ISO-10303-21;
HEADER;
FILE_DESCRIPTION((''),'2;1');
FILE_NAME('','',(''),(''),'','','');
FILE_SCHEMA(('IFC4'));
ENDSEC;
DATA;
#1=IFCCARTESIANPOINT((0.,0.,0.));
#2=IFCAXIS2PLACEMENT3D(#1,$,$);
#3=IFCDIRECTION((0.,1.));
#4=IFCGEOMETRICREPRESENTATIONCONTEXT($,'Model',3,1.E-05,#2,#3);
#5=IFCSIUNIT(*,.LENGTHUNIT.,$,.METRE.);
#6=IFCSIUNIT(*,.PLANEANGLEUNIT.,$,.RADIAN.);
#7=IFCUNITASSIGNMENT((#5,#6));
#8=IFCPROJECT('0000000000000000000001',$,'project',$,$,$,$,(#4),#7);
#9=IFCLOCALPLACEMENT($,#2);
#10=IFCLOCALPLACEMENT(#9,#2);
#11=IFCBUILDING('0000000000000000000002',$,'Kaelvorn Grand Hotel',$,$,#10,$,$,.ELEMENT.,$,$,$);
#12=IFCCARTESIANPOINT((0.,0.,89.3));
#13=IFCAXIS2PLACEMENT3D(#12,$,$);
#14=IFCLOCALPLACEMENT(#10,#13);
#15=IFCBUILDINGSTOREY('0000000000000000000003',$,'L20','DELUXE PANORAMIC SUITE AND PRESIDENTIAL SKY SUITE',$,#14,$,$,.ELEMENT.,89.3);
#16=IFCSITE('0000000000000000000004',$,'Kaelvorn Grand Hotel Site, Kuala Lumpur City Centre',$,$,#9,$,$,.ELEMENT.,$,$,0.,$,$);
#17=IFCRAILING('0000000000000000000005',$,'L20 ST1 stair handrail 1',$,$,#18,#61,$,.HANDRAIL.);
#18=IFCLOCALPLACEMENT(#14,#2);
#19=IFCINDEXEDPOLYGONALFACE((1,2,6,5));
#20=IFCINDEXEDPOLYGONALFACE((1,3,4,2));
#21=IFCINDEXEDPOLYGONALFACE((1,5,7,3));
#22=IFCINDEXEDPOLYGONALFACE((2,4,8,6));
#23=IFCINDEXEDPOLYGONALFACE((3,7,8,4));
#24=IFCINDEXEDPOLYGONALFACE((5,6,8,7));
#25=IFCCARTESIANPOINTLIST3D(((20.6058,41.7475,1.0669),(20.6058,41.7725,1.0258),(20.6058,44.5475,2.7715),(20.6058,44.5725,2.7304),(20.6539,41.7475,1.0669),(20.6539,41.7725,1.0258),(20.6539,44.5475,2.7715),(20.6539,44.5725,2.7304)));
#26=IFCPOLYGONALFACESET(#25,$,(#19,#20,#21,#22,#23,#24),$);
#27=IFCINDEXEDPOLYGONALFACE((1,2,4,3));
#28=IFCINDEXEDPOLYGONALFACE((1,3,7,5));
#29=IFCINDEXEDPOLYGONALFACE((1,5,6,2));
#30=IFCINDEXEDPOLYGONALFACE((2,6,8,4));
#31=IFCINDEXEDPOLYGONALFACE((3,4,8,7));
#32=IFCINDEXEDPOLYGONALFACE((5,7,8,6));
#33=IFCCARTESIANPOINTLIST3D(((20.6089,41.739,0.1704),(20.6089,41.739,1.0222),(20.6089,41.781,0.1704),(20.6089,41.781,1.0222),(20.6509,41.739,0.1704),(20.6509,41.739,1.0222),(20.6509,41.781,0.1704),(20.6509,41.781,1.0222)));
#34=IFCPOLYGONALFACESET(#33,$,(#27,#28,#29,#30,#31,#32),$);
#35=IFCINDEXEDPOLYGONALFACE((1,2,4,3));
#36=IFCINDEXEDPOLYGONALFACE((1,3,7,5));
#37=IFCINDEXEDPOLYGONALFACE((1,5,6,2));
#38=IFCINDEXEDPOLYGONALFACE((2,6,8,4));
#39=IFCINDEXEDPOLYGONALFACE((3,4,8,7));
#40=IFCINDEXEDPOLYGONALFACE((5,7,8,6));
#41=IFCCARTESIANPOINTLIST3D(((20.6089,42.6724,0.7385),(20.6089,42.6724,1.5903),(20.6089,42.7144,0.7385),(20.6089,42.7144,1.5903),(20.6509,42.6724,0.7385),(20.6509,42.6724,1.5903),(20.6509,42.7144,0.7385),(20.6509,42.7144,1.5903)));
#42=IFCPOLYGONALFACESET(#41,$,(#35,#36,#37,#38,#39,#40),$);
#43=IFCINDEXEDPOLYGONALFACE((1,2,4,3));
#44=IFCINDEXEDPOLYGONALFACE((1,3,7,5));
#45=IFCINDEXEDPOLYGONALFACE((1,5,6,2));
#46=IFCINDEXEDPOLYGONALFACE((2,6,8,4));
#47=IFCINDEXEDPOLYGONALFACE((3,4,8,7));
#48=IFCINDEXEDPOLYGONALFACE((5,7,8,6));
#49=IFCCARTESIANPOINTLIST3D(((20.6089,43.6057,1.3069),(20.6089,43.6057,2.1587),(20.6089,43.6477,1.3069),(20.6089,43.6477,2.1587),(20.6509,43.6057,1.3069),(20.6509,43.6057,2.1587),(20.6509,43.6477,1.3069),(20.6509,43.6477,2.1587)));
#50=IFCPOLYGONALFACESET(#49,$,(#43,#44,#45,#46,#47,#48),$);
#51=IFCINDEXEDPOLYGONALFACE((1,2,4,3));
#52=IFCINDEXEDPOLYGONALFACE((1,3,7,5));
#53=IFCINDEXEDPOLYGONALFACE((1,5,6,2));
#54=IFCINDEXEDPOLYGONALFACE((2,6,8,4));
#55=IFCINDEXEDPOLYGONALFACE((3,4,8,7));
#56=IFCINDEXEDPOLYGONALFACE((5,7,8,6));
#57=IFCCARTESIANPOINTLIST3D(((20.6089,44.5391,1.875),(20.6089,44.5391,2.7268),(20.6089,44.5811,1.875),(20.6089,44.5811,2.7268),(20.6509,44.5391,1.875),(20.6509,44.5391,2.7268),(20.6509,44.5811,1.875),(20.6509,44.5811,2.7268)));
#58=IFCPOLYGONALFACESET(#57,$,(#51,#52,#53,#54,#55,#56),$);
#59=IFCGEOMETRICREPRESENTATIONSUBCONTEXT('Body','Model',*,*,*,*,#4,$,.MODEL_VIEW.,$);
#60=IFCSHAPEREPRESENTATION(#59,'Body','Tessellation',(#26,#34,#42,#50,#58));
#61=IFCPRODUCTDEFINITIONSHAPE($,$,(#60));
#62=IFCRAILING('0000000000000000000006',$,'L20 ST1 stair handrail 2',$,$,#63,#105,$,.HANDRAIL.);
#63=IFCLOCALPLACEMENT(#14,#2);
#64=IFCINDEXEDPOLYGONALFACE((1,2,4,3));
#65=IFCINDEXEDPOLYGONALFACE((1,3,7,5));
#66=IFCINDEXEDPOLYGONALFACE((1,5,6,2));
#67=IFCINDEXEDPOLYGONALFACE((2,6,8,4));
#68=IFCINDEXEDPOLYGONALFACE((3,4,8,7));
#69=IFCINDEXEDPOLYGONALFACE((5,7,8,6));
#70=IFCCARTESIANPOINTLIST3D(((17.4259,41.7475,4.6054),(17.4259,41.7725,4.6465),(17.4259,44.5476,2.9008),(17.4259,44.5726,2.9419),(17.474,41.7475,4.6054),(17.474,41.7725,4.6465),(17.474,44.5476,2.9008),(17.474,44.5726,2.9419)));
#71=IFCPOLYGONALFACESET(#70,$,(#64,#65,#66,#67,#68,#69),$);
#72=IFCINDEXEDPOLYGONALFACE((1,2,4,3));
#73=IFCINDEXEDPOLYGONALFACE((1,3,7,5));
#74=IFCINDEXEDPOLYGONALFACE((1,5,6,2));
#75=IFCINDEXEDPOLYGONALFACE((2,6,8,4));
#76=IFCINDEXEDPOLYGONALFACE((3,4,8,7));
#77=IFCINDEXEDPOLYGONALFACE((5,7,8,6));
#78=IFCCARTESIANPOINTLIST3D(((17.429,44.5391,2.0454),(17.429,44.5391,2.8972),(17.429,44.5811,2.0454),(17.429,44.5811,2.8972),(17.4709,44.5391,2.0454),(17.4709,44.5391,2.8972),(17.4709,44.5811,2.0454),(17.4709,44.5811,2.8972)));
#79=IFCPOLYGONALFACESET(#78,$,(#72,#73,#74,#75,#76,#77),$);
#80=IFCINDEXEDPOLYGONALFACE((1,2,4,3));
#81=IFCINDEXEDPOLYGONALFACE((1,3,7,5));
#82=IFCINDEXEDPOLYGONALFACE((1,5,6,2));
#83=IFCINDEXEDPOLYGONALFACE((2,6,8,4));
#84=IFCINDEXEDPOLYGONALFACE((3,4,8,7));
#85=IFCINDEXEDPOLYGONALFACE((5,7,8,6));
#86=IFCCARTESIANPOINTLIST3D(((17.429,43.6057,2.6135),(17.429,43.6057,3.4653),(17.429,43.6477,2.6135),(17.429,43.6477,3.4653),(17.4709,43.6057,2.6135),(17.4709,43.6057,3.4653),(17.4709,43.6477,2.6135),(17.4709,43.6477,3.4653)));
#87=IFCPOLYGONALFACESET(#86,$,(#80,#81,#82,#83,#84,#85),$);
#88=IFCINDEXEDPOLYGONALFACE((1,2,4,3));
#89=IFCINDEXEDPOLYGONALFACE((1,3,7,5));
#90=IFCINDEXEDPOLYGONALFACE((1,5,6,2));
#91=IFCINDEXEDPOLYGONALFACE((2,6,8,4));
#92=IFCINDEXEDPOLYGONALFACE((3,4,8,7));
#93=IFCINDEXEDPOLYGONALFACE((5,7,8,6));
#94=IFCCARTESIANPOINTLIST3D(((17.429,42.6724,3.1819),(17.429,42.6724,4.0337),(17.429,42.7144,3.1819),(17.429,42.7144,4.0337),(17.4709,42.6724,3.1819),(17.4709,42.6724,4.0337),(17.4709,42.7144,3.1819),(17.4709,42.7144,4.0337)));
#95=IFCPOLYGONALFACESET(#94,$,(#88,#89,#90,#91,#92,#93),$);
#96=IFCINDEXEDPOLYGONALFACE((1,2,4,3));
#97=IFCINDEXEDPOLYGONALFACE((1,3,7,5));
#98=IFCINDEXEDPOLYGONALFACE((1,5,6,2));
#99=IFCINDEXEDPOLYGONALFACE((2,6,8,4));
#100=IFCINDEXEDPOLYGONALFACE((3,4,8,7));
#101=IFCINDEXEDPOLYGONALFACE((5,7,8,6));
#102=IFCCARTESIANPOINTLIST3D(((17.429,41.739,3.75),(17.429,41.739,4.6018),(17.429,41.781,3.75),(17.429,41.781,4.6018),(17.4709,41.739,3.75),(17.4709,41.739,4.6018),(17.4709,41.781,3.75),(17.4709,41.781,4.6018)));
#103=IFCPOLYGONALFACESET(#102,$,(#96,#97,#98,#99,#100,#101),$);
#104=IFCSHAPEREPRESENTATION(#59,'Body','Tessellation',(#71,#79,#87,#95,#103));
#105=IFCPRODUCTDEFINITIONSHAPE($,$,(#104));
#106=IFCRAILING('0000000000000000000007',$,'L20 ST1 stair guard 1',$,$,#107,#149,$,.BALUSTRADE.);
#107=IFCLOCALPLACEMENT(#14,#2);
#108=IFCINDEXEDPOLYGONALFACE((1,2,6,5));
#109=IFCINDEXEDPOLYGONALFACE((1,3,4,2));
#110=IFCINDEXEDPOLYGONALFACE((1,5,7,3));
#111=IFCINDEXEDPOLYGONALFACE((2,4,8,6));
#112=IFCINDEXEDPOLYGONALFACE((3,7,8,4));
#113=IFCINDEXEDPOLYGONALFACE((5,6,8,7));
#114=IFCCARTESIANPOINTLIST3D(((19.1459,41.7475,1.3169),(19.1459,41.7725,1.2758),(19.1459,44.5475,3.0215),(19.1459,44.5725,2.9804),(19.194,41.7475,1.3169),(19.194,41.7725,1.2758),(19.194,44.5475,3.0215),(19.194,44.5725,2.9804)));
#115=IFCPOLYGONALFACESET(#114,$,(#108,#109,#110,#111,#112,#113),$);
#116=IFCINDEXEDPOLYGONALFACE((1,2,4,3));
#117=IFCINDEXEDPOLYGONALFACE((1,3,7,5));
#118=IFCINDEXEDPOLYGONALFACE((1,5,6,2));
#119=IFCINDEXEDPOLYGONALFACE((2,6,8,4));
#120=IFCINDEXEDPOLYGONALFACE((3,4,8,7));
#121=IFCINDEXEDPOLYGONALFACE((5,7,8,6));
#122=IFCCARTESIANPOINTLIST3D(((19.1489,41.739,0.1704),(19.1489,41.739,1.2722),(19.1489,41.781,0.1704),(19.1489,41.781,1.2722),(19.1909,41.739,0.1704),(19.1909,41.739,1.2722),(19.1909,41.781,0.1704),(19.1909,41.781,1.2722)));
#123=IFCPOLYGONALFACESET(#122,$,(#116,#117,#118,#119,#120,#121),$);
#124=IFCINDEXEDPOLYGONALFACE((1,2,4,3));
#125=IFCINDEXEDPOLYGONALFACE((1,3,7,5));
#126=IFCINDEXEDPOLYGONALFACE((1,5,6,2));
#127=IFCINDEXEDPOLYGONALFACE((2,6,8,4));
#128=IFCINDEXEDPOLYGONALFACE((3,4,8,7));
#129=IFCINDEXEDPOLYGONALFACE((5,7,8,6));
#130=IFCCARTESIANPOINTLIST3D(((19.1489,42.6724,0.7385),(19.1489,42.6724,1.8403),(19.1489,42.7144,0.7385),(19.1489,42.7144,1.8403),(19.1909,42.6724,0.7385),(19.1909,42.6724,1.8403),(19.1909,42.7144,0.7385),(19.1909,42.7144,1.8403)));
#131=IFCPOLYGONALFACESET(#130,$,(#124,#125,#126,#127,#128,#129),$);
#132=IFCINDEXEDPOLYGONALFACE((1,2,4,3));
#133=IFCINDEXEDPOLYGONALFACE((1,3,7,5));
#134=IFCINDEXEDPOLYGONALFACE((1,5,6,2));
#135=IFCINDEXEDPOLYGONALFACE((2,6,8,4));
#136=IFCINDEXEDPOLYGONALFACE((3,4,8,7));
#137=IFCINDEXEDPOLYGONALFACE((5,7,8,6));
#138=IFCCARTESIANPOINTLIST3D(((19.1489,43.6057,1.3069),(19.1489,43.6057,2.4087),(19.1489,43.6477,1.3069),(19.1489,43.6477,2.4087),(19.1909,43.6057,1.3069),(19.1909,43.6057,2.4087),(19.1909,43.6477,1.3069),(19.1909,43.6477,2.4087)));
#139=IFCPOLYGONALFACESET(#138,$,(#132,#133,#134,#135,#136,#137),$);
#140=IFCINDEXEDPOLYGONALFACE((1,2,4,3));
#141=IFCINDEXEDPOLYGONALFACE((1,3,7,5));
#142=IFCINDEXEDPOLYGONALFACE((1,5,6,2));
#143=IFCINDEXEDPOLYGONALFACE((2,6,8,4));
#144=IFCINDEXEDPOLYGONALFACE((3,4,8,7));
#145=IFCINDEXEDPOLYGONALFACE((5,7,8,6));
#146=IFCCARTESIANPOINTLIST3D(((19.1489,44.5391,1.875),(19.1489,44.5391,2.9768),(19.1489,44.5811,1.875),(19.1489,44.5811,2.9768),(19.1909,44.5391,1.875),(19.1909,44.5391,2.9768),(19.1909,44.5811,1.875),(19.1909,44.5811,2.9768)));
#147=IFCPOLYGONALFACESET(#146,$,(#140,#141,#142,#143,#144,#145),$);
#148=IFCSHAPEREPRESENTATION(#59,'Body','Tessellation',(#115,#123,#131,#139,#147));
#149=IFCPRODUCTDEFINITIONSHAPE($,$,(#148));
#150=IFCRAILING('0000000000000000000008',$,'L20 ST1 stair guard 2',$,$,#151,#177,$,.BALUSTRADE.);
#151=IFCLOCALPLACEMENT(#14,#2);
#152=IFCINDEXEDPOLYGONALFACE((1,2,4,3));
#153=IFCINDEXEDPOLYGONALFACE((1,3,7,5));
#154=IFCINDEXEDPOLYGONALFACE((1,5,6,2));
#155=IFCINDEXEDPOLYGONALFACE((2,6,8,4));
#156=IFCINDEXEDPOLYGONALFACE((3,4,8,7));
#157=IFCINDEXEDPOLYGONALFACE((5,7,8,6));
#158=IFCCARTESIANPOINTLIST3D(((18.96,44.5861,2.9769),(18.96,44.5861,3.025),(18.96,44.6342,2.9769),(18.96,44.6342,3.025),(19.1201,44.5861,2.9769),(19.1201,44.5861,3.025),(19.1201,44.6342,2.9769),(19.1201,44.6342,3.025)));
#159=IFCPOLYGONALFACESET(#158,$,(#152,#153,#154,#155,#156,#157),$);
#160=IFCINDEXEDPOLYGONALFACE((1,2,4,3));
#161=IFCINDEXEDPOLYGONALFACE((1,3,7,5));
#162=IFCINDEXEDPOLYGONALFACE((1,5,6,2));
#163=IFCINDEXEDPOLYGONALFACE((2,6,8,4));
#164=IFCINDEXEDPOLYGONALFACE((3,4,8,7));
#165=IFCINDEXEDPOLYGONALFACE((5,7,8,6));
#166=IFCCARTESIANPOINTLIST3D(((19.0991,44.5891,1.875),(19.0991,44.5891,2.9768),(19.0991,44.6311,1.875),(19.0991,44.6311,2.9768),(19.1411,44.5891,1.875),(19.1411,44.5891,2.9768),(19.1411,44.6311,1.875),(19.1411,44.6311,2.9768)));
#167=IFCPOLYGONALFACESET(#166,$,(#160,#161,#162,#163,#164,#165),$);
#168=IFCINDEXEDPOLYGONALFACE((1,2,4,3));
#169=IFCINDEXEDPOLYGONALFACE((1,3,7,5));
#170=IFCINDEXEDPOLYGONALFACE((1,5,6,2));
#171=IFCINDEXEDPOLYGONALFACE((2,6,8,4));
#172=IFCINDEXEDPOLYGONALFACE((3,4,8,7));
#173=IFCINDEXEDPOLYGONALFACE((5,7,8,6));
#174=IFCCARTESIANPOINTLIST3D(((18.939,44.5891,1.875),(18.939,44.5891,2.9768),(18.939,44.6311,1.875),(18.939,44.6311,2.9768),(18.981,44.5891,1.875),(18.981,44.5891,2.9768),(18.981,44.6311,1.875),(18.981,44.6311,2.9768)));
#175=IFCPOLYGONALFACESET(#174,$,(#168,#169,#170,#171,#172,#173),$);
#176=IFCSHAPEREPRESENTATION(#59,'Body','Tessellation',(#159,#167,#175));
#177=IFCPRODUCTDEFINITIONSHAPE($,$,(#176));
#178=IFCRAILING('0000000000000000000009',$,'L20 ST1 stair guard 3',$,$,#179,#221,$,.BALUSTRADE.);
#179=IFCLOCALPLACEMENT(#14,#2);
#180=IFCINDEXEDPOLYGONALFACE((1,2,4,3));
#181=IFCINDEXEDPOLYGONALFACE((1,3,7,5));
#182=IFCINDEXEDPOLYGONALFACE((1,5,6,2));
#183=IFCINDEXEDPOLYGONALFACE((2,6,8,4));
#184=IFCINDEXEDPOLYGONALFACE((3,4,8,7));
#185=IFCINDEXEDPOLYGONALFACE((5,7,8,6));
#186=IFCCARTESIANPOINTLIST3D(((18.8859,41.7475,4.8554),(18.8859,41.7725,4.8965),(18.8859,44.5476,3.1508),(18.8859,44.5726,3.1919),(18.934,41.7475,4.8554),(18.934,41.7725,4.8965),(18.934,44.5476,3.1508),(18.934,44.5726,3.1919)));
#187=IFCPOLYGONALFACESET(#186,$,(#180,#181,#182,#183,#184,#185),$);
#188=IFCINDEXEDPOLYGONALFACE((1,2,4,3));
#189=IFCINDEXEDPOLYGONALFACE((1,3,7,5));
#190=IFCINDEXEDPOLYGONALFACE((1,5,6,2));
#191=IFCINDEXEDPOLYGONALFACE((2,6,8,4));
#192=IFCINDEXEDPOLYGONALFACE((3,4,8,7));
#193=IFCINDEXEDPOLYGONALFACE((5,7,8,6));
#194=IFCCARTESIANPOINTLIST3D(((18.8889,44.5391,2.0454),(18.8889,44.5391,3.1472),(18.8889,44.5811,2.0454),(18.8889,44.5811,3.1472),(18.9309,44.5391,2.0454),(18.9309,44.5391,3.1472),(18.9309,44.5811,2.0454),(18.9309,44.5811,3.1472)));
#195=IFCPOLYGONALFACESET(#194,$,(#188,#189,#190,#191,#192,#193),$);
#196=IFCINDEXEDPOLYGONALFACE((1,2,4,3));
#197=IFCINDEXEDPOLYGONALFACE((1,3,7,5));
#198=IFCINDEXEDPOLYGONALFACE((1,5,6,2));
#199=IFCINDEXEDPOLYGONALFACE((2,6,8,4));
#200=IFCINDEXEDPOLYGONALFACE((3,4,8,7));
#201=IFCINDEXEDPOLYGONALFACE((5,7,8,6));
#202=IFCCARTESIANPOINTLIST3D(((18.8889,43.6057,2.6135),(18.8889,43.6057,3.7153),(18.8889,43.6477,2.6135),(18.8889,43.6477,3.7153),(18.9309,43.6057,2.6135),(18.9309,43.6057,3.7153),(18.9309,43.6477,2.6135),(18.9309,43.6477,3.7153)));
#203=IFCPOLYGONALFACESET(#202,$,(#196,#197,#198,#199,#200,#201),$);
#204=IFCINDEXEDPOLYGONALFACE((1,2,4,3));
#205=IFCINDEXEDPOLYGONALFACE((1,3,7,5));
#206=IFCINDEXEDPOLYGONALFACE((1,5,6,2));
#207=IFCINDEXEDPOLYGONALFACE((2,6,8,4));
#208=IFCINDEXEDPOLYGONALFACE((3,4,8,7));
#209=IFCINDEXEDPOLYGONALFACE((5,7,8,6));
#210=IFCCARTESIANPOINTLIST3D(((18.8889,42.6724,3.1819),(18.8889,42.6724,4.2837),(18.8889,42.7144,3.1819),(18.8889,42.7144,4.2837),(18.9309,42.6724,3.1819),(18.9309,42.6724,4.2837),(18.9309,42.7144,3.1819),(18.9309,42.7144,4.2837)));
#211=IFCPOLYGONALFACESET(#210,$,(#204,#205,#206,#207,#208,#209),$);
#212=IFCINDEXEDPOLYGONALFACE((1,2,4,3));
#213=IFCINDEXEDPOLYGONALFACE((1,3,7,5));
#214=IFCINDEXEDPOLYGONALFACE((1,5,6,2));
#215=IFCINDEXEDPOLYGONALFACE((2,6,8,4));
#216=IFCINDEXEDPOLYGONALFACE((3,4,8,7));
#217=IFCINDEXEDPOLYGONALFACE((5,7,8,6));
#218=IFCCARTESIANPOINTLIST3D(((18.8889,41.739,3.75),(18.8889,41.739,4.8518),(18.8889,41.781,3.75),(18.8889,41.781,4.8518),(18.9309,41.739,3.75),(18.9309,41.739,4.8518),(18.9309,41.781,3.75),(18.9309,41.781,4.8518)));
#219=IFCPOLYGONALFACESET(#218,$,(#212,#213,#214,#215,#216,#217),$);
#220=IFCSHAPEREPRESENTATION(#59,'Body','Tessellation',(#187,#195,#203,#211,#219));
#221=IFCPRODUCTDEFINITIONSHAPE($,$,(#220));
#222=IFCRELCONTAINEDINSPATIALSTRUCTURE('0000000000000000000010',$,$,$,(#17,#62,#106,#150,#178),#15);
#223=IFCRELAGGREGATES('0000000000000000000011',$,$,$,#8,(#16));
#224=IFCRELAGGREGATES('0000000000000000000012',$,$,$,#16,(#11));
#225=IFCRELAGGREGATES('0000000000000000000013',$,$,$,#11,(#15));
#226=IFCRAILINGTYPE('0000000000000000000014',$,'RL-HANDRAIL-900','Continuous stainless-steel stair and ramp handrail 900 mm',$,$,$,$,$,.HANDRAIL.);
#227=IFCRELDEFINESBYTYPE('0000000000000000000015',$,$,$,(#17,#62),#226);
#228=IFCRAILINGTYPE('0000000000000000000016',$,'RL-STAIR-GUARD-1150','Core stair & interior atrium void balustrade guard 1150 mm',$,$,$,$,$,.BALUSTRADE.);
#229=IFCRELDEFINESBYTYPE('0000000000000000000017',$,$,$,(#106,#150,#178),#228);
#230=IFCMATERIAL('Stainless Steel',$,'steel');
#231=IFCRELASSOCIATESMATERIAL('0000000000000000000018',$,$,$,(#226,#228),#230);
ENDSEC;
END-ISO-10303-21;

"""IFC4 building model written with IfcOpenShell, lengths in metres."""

from ifc_helpers import new_model, si_unit, direction, frame, origin, origin_2d, place, context, subcontext, project, spatial, rectangle, extrude, material, type_object, element, save


model = new_model("IFC4")

# Units and contexts
model_context = context("Model", 3, precision=1e-05, world=origin(), true_north=direction((0.0, 1.0)))
body_context = subcontext(model_context, "Body", "Model", "MODEL_VIEW")
ifc_project = project(units=[si_unit("LENGTHUNIT", "METRE"), si_unit("PLANEANGLEUNIT", "RADIAN")], contexts=[model_context])

# Site, building, storey
site_placement = place(None, origin())
site = spatial("IfcSite", under=ifc_project, at=site_placement, Name="Kaelvorn Grand Hotel Site, Kuala Lumpur City Centre", CompositionType="ELEMENT", RefElevation=0.0)
building_placement = place(site_placement, origin())
building = spatial("IfcBuilding", under=site, at=building_placement, Name="Kaelvorn Grand Hotel", CompositionType="ELEMENT")
storey_placement = place(building_placement, frame((0.0, 0.0, 89.3)))
storey = spatial("IfcBuildingStorey", under=building, at=storey_placement, Name="L20", Description="DELUXE PANORAMIC SUITE AND PRESIDENTIAL SKY SUITE", CompositionType="ELEMENT", Elevation=89.3)

# Shared definitions
ifc_material_1 = material(Name="Stainless Steel", Category="steel")

# Railings
railing_type_1 = type_object("IfcRailingType", Name="RL-HANDRAIL-900", Description="Continuous stainless-steel stair and ramp handrail 900 mm", PredefinedType="HANDRAIL", material=ifc_material_1)
railing_1_placement = place(storey_placement, frame((20.6299, 41.76, 0.1704)))
element("IfcRailing", 1, at=railing_1_placement, inside=storey, type_object=railing_type_1, Name="L20 ST1 stair handrail 1", PredefinedType="HANDRAIL", context=body_context, shape_type="SweptSolid", body=[
    extrude(rectangle(XDim=0.0481, YDim=0.0481, at=origin_2d()), frame((0.0, 0.0, 0.876), z_axis=(0.0, 0.85417, 0.519994), x_axis=(-1.0, 0.0, 0.0)), (0.0, 0.0, 1.0), 3.2781),
    extrude(rectangle(XDim=0.042, YDim=0.042, at=origin_2d()), origin(), (0.0, 0.0, 1.0), 0.8518),
    extrude(rectangle(XDim=0.042, YDim=0.042, at=origin_2d()), frame((0.0, 0.9333, 0.5681)), (0.0, 0.0, 1.0), 0.8518),
    extrude(rectangle(XDim=0.042, YDim=0.042, at=origin_2d()), frame((0.0, 1.8667, 1.1365)), (0.0, 0.0, 1.0), 0.8518),
    extrude(rectangle(XDim=0.042, YDim=0.042, at=origin_2d()), frame((0.0, 2.8, 1.7046)), (0.0, 0.0, 1.0), 0.8518),
])
railing_2_placement = place(storey_placement, frame((17.45, 44.5601, 2.0454)))
element("IfcRailing", 2, at=railing_2_placement, inside=storey, type_object=railing_type_1, Name="L20 ST1 stair handrail 2", PredefinedType="HANDRAIL", context=body_context, shape_type="SweptSolid", body=[
    extrude(rectangle(XDim=0.0481, YDim=0.0481, at=origin_2d()), frame((0.0, 0.0, 0.876), z_axis=(0.0, -0.85417, 0.519994), x_axis=(1.0, 0.0, 0.0)), (0.0, 0.0, 1.0), 3.2781),
    extrude(rectangle(XDim=0.042, YDim=0.042, at=origin_2d()), origin(), (0.0, 0.0, 1.0), 0.8518),
    extrude(rectangle(XDim=0.042, YDim=0.042, at=origin_2d()), frame((0.0, -0.9333, 0.5681)), (0.0, 0.0, 1.0), 0.8518),
    extrude(rectangle(XDim=0.042, YDim=0.042, at=origin_2d()), frame((0.0, -1.8667, 1.1365)), (0.0, 0.0, 1.0), 0.8518),
    extrude(rectangle(XDim=0.042, YDim=0.042, at=origin_2d()), frame((0.0, -2.8, 1.7046)), (0.0, 0.0, 1.0), 0.8518),
])
railing_type_2 = type_object("IfcRailingType", Name="RL-STAIR-GUARD-1150", Description="Core stair & interior atrium void balustrade guard 1150 mm", PredefinedType="BALUSTRADE", material=ifc_material_1)
railing_3_placement = place(storey_placement, frame((19.1699, 41.76, 0.1704)))
element("IfcRailing", 3, at=railing_3_placement, inside=storey, type_object=railing_type_2, Name="L20 ST1 stair guard 1", PredefinedType="BALUSTRADE", context=body_context, shape_type="SweptSolid", body=[
    extrude(rectangle(XDim=0.0481, YDim=0.0481, at=origin_2d()), frame((0.0, 0.0, 1.126), z_axis=(0.0, 0.85417, 0.519994), x_axis=(-1.0, 0.0, 0.0)), (0.0, 0.0, 1.0), 3.2781),
    extrude(rectangle(XDim=0.042, YDim=0.042, at=origin_2d()), origin(), (0.0, 0.0, 1.0), 1.1018),
    extrude(rectangle(XDim=0.042, YDim=0.042, at=origin_2d()), frame((0.0, 0.9333, 0.5681)), (0.0, 0.0, 1.0), 1.1018),
    extrude(rectangle(XDim=0.042, YDim=0.042, at=origin_2d()), frame((0.0, 1.8667, 1.1365)), (0.0, 0.0, 1.0), 1.1018),
    extrude(rectangle(XDim=0.042, YDim=0.042, at=origin_2d()), frame((0.0, 2.8, 1.7046)), (0.0, 0.0, 1.0), 1.1018),
])
railing_4_placement = place(storey_placement, frame((19.1201, 44.6101, 1.875)))
element("IfcRailing", 4, at=railing_4_placement, inside=storey, type_object=railing_type_2, Name="L20 ST1 stair guard 2", PredefinedType="BALUSTRADE", context=body_context, shape_type="SweptSolid", body=[
    extrude(rectangle(XDim=0.0481, YDim=0.0481, at=origin_2d()), frame((0.0, 0.0, 1.126), z_axis=(-1.0, 0.0, 0.0), x_axis=(0.0, -1.0, 0.0)), (0.0, 0.0, 1.0), 0.1602),
    extrude(rectangle(XDim=0.042, YDim=0.042, at=origin_2d()), origin(), (0.0, 0.0, 1.0), 1.1018),
    extrude(rectangle(XDim=0.042, YDim=0.042, at=origin_2d()), frame((-0.1602, 0.0, 0.0)), (0.0, 0.0, 1.0), 1.1018),
])
railing_5_placement = place(storey_placement, frame((18.9099, 44.5601, 2.0454)))
element("IfcRailing", 5, at=railing_5_placement, inside=storey, type_object=railing_type_2, Name="L20 ST1 stair guard 3", PredefinedType="BALUSTRADE", context=body_context, shape_type="SweptSolid", body=[
    extrude(rectangle(XDim=0.0481, YDim=0.0481, at=origin_2d()), frame((0.0, 0.0, 1.126), z_axis=(0.0, -0.85417, 0.519994), x_axis=(1.0, 0.0, 0.0)), (0.0, 0.0, 1.0), 3.2781),
    extrude(rectangle(XDim=0.042, YDim=0.042, at=origin_2d()), origin(), (0.0, 0.0, 1.0), 1.1018),
    extrude(rectangle(XDim=0.042, YDim=0.042, at=origin_2d()), frame((0.0, -0.9333, 0.5681)), (0.0, 0.0, 1.0), 1.1018),
    extrude(rectangle(XDim=0.042, YDim=0.042, at=origin_2d()), frame((0.0, -1.8667, 1.1365)), (0.0, 0.0, 1.0), 1.1018),
    extrude(rectangle(XDim=0.042, YDim=0.042, at=origin_2d()), frame((0.0, -2.8, 1.7046)), (0.0, 0.0, 1.0), 1.1018),
])

save(model, "model.ifc")
